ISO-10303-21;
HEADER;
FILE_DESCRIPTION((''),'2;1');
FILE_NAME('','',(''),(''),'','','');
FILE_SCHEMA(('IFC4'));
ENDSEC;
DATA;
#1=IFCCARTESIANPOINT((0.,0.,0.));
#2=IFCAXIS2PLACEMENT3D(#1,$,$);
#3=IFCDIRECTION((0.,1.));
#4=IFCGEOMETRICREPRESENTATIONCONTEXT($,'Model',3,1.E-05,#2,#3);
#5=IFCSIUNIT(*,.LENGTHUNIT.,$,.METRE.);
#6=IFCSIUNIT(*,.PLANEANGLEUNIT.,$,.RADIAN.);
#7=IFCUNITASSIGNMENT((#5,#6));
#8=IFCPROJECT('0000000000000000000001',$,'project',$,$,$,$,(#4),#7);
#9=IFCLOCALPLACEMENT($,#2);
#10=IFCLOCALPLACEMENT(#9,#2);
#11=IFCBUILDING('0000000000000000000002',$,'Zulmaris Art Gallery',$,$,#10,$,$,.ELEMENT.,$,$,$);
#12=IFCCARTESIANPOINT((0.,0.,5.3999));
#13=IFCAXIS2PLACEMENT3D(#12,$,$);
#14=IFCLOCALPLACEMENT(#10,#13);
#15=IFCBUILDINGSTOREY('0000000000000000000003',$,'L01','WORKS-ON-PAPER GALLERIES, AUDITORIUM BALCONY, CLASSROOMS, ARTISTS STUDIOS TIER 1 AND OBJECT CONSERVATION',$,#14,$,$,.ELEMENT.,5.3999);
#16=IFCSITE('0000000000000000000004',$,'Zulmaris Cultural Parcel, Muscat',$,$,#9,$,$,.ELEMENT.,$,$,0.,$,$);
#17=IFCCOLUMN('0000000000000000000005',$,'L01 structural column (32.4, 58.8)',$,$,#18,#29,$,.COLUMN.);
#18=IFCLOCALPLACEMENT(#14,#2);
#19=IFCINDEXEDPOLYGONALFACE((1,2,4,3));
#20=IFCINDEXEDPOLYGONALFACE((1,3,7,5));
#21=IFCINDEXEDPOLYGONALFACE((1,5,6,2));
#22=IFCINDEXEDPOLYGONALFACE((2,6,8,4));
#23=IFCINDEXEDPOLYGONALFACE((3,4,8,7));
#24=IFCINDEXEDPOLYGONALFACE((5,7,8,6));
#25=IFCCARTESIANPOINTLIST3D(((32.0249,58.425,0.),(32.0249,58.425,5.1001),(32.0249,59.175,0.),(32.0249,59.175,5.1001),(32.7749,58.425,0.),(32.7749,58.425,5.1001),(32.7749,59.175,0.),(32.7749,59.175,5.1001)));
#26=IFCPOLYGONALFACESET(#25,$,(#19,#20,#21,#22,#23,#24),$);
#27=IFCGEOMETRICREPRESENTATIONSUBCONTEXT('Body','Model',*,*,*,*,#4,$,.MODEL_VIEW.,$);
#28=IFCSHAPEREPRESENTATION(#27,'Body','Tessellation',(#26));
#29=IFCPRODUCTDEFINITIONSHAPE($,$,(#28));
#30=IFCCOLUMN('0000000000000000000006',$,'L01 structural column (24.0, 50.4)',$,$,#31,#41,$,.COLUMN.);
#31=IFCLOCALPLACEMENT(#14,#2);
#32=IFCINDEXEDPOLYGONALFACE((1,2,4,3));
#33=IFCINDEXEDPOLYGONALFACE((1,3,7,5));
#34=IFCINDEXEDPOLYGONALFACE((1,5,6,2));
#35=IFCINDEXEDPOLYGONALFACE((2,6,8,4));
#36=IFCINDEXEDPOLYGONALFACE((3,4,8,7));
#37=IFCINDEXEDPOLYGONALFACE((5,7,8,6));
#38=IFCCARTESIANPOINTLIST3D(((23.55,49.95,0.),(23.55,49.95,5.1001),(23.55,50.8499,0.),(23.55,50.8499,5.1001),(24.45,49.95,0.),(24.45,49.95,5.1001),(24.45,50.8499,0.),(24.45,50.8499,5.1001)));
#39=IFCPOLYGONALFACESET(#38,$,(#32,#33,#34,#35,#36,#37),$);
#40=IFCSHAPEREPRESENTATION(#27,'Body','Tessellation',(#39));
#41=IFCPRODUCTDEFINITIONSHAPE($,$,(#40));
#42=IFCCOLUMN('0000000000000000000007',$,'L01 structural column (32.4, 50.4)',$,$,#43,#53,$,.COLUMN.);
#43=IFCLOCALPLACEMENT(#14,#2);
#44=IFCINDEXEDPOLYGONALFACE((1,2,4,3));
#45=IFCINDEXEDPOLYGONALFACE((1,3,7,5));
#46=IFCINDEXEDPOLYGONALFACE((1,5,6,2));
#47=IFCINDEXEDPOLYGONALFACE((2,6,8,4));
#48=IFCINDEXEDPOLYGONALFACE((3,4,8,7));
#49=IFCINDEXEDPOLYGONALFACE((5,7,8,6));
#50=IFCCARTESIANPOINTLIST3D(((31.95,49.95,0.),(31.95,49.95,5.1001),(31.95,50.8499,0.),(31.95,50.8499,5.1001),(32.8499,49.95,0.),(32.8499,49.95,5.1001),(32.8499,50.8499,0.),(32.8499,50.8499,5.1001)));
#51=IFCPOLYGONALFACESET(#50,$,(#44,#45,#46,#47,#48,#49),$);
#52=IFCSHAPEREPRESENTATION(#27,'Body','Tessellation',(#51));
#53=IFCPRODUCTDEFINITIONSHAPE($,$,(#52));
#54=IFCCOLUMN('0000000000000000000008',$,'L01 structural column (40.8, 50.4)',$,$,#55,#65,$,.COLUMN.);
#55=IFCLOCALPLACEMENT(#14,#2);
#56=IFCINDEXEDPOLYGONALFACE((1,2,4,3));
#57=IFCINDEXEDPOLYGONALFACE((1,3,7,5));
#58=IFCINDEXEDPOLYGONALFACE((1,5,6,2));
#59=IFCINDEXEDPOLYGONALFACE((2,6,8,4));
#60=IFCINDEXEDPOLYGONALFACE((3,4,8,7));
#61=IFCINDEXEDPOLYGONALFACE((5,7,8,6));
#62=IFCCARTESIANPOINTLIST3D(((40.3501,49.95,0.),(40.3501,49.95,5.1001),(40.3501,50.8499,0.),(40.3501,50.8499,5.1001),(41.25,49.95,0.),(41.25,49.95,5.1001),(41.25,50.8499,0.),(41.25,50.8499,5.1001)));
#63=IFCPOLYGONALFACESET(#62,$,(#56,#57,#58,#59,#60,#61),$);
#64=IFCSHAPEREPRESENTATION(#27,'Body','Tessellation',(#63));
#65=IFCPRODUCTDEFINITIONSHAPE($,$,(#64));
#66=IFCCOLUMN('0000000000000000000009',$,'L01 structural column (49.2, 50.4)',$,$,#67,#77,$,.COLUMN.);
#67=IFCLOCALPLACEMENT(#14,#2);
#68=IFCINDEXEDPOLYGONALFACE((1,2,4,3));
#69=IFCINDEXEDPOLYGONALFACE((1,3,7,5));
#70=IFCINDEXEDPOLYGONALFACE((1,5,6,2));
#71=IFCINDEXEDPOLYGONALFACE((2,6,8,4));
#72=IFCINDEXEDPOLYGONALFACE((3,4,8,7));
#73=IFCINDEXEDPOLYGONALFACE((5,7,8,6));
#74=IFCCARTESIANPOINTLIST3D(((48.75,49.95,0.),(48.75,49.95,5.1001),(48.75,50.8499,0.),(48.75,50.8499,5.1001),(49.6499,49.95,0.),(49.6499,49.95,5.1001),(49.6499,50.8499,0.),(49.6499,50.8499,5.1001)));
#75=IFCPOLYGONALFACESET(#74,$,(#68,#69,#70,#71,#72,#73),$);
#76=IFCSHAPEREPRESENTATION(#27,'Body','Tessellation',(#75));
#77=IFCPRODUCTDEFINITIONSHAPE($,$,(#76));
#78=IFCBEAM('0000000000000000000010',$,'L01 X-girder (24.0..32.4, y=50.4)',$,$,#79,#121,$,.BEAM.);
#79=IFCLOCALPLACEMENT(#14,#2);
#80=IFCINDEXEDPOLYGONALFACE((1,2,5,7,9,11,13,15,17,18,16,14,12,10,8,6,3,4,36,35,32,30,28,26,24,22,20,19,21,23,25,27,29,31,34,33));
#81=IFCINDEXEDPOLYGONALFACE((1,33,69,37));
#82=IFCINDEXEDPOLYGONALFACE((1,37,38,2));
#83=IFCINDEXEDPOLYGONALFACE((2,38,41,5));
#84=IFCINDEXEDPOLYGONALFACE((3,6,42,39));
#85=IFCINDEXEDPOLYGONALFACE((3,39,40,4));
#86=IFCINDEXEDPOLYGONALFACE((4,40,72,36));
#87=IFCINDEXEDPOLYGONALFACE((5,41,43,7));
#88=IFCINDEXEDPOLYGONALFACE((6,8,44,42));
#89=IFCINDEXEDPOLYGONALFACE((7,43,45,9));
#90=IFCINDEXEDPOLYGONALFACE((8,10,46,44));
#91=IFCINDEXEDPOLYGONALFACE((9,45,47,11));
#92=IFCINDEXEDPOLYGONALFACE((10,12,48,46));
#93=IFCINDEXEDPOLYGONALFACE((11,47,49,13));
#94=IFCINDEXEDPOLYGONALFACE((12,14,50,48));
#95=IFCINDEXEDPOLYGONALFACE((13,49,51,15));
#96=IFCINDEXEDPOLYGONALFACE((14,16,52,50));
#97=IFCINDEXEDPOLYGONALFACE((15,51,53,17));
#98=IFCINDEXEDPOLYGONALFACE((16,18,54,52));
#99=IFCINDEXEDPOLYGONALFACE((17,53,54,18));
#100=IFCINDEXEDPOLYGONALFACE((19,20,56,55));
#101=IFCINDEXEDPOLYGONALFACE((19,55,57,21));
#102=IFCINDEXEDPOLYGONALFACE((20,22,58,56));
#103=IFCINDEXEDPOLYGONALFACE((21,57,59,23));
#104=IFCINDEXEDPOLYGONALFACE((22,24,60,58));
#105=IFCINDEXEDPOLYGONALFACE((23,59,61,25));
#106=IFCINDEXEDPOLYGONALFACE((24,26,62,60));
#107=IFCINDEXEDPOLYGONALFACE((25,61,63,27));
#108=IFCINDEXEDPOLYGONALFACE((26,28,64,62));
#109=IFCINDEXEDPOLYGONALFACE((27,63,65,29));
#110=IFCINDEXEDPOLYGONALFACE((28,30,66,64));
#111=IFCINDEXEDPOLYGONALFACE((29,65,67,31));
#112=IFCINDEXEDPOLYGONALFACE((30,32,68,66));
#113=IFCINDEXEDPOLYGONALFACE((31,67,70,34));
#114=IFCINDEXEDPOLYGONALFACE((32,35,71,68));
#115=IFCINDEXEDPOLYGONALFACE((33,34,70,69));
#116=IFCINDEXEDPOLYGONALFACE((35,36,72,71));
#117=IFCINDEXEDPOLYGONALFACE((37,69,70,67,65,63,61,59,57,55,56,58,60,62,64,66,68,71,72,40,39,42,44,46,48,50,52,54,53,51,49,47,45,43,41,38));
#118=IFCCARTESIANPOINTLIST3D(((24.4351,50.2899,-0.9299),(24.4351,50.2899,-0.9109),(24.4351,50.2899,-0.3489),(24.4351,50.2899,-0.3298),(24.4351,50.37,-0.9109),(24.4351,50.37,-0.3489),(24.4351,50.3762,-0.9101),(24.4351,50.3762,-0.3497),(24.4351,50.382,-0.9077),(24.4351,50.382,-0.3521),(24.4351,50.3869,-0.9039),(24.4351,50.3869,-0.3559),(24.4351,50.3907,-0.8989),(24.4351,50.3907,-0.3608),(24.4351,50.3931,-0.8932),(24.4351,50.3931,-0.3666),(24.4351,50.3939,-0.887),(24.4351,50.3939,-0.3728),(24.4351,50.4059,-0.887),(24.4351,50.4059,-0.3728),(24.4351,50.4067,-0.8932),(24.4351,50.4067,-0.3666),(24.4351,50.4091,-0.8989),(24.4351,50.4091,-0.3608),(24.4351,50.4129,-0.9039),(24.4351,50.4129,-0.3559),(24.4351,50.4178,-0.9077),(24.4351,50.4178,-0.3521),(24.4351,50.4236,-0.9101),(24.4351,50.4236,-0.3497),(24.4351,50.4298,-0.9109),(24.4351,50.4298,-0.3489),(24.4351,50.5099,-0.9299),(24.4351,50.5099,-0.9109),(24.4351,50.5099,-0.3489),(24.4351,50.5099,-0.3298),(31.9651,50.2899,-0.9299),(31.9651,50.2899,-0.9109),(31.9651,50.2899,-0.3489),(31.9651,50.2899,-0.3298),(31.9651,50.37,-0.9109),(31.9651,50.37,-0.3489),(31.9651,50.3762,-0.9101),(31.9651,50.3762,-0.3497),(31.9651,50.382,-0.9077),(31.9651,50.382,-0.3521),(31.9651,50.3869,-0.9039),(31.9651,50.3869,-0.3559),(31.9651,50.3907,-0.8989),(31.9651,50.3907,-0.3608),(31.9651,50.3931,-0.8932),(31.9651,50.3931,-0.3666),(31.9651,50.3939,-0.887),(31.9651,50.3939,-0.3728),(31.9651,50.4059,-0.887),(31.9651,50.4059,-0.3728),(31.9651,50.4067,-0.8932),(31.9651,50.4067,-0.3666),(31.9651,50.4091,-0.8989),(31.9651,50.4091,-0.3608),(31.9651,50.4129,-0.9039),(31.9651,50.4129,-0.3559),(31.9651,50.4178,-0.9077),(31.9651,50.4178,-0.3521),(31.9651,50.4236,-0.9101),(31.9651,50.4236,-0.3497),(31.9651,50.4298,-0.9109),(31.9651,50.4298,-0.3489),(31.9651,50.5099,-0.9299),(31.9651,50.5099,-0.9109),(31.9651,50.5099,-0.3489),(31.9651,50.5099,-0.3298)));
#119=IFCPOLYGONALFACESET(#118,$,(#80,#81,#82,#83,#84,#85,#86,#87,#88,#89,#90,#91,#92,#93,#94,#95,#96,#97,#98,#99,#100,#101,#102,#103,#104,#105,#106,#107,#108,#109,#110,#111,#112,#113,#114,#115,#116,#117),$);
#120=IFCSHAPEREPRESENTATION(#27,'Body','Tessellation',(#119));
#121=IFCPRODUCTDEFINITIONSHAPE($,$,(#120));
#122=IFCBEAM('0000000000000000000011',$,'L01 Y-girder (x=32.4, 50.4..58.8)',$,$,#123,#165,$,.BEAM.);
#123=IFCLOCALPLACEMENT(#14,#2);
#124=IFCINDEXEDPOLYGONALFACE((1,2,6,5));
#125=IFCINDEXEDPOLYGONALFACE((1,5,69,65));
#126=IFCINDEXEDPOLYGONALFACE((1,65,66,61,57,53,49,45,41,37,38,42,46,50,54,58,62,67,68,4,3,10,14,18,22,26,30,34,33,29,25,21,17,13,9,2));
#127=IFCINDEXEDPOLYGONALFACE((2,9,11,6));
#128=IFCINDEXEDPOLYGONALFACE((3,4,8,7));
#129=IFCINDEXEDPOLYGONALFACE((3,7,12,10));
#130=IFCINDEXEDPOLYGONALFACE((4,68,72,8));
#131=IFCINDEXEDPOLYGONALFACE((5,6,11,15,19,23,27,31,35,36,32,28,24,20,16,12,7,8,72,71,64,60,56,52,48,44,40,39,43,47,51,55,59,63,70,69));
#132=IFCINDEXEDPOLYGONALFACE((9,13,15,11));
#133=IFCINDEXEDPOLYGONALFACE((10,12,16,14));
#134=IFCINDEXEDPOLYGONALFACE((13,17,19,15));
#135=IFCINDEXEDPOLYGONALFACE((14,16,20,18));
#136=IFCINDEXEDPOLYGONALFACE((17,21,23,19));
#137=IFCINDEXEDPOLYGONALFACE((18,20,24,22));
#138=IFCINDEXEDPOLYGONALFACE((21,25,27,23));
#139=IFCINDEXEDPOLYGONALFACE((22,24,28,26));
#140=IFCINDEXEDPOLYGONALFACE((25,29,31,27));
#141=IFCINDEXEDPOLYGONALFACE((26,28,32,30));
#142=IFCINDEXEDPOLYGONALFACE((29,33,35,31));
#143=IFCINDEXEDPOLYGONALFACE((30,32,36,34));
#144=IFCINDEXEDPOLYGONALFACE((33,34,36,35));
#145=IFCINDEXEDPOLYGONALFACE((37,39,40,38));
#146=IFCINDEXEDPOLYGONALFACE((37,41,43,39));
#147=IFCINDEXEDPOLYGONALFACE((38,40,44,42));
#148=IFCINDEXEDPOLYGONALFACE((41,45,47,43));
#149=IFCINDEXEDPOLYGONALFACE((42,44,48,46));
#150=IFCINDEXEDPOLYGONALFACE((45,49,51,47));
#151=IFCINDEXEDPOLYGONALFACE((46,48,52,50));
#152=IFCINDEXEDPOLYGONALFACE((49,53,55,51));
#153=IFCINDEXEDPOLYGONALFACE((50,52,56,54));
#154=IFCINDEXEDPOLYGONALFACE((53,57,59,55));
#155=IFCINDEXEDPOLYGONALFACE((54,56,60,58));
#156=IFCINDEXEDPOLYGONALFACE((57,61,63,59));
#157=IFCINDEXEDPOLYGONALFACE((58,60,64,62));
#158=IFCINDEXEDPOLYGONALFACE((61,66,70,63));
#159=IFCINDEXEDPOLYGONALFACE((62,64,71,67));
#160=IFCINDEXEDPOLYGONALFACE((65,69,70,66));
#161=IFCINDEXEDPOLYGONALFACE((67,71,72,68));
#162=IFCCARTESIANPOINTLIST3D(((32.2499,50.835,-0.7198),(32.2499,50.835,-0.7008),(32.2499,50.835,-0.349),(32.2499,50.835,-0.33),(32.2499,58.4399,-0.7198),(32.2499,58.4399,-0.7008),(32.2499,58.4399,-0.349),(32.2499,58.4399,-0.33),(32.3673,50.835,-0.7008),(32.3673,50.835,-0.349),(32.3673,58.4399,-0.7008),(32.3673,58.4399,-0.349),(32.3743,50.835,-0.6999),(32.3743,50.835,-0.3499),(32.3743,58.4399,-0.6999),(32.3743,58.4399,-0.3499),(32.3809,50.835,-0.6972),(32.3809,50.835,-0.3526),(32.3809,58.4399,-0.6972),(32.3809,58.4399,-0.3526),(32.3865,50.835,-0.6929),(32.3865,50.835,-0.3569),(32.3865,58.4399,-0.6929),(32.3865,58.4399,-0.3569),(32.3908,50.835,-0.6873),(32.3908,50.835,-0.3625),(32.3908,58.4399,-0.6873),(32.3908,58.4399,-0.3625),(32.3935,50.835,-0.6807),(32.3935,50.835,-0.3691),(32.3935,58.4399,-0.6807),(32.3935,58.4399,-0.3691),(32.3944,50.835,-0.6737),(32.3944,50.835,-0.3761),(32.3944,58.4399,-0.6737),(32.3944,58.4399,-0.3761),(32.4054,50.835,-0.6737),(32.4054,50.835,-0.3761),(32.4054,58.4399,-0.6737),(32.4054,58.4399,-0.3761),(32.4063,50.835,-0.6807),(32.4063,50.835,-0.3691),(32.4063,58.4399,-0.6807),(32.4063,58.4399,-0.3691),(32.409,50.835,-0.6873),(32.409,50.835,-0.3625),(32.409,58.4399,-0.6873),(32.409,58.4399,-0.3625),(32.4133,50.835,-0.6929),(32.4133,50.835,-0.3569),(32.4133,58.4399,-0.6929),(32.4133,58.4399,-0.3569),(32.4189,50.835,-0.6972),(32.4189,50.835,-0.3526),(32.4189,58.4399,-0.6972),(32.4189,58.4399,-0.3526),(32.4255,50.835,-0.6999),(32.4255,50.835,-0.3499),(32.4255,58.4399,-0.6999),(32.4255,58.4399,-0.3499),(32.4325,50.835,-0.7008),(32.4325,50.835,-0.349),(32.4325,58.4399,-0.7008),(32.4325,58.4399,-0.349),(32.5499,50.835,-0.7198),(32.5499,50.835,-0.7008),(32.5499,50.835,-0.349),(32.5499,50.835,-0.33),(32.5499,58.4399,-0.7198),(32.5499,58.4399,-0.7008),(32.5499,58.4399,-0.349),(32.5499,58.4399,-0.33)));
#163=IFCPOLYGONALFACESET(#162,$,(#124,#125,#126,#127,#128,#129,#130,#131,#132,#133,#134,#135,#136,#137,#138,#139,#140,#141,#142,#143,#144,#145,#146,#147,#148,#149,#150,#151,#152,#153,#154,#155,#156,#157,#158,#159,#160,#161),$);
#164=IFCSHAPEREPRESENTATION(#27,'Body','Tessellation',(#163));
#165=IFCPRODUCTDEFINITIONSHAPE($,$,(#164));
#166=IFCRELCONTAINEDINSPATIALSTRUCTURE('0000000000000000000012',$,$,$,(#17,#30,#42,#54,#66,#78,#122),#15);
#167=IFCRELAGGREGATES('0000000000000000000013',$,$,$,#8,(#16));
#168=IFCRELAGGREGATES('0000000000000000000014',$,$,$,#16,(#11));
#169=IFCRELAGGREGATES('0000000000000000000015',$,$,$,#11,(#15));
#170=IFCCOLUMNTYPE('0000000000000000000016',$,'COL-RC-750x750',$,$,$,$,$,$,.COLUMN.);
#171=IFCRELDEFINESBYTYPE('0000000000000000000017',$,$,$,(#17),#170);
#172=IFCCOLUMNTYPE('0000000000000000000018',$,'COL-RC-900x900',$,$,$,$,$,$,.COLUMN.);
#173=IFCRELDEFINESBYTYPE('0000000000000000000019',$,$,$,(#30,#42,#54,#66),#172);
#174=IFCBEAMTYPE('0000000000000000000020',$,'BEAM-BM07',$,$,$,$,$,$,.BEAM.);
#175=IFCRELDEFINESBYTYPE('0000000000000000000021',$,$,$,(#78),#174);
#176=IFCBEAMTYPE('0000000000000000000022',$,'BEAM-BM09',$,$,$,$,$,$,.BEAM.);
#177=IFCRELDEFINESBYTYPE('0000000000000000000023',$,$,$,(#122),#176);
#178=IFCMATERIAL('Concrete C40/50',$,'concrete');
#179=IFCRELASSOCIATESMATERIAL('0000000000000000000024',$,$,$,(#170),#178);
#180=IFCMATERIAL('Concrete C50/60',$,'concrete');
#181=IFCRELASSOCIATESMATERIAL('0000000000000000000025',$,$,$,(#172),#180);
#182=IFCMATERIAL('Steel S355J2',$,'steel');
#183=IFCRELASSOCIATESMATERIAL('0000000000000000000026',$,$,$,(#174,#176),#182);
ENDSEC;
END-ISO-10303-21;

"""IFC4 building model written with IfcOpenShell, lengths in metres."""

from ifc_helpers import new_model, si_unit, direction, frame, origin, origin_2d, place, context, subcontext, project, spatial, rectangle, i_section, extrude, material, material_profile, profile_set, type_object, element, save


model = new_model("IFC4")

# Units and contexts
model_context = context("Model", 3, precision=1e-05, world=origin(), true_north=direction((0.0, 1.0)))
body_context = subcontext(model_context, "Body", "Model", "MODEL_VIEW")
ifc_project = project(units=[si_unit("LENGTHUNIT", "METRE"), si_unit("PLANEANGLEUNIT", "RADIAN")], contexts=[model_context])

# Site, building, storey
site_placement = place(None, origin())
site = spatial("IfcSite", under=ifc_project, at=site_placement, Name="Zulmaris Cultural Parcel, Muscat", CompositionType="ELEMENT", RefElevation=0.0)
building_placement = place(site_placement, origin())
building = spatial("IfcBuilding", under=site, at=building_placement, Name="Zulmaris Art Gallery", CompositionType="ELEMENT")
storey_placement = place(building_placement, frame((0.0, 0.0, 5.3999)))
storey = spatial("IfcBuildingStorey", under=building, at=storey_placement, Name="L01", Description="WORKS-ON-PAPER GALLERIES, AUDITORIUM BALCONY, CLASSROOMS, ARTISTS STUDIOS TIER 1 AND OBJECT CONSERVATION", CompositionType="ELEMENT", Elevation=5.3999)

# Columns
ifc_material_1 = material(Name="Concrete C40/50", Category="concrete")
ifc_material_profile_1 = material_profile(ifc_material_1, rectangle(XDim=0.75, YDim=0.75, at=origin_2d()), Name="RC 750x750")
ifc_profile_set_1 = profile_set([ifc_material_profile_1], Name="Concrete C40/50")
column_type_1 = type_object("IfcColumnType", Name="COL-RC-750x750", PredefinedType="COLUMN", material=ifc_profile_set_1)
column_placement = place(storey_placement, frame((32.3999, 58.8, 0.0), z_axis=(0.0, 0.0, 1.0), x_axis=(1.0, 0.0, 0.0)))
element("IfcColumn", 1, at=column_placement, inside=storey, type_object=column_type_1, Name="L01 structural column (32.4, 58.8)", PredefinedType="COLUMN", context=body_context, shape_type="SweptSolid", body=[
    extrude(rectangle(XDim=0.75, YDim=0.75, at=origin_2d()), origin(), (0.0, 0.0, 1.0), 5.1001),
])
ifc_material_2 = material(Name="Concrete C50/60", Category="concrete")
ifc_material_profile_2 = material_profile(ifc_material_2, rectangle(XDim=0.8999, YDim=0.8999, at=origin_2d()), Name="RC 900x900")
ifc_profile_set_2 = profile_set([ifc_material_profile_2], Name="Concrete C50/60")
column_type_2 = type_object("IfcColumnType", Name="COL-RC-900x900", PredefinedType="COLUMN", material=ifc_profile_set_2)
for number, where, z_axis, x_axis, name in (
    (2, (24.0, 50.3999, 0.0), (0.0, 0.0, 1.0), (1.0, 0.0, 0.0), "L01 structural column (24.0, 50.4)"),
    (3, (32.3999, 50.3999, 0.0), (0.0, 0.0, 1.0), (1.0, 0.0, 0.0), "L01 structural column (32.4, 50.4)"),
    (4, (40.8, 50.3999, 0.0), (0.0, 0.0, 1.0), (1.0, 0.0, 0.0), "L01 structural column (40.8, 50.4)"),
    (5, (49.2, 50.3999, 0.0), (0.0, 0.0, 1.0), (1.0, 0.0, 0.0), "L01 structural column (49.2, 50.4)"),
):
    element("IfcColumn", number, at=place(storey_placement, frame(where, z_axis=z_axis, x_axis=x_axis)), inside=storey, type_object=column_type_2, Name=name, PredefinedType="COLUMN", context=body_context, shape_type="SweptSolid", body=[
        extrude(rectangle(XDim=0.8999, YDim=0.8999, at=origin_2d()), origin(), (0.0, 0.0, 1.0), 5.1001),
    ])

# Beams
ifc_material_3 = material(Name="Steel S355J2", Category="steel")
ifc_material_profile_3 = material_profile(ifc_material_3, i_section(OverallWidth=0.22, OverallDepth=0.6001, WebThickness=0.012, FlangeThickness=0.019, FilletRadius=0.0239, at=origin_2d()), Name="IPE 600")
ifc_profile_set_3 = profile_set([ifc_material_profile_3], Name="Steel S355J2")
beam_type_1 = type_object("IfcBeamType", Name="BEAM-BM07", PredefinedType="BEAM", material=ifc_profile_set_3)
beam_1_placement = place(storey_placement, frame((24.4351, 50.3999, -0.6299), z_axis=(1.0, 0.0, 0.0), x_axis=(0.0, 1.0, 0.0)))
element("IfcBeam", 6, at=beam_1_placement, inside=storey, type_object=beam_type_1, Name="L01 X-girder (24.0..32.4, y=50.4)", PredefinedType="BEAM", context=body_context, shape_type="SweptSolid", body=[
    extrude(i_section(OverallWidth=0.22, OverallDepth=0.6001, WebThickness=0.012, FlangeThickness=0.019, FilletRadius=0.0239, at=origin_2d()), origin(), (0.0, 0.0, 1.0), 7.53),
])
ifc_material_profile_4 = material_profile(ifc_material_3, i_section(OverallWidth=0.3, OverallDepth=0.3899, WebThickness=0.011, FlangeThickness=0.019, FilletRadius=0.0271, at=origin_2d()), Name="HEA 400")
ifc_profile_set_4 = profile_set([ifc_material_profile_4], Name="Steel S355J2")
beam_type_2 = type_object("IfcBeamType", Name="BEAM-BM09", PredefinedType="BEAM", material=ifc_profile_set_4)
beam_2_placement = place(storey_placement, frame((32.3999, 50.835, -0.5249), z_axis=(0.0, 1.0, 0.0), x_axis=(-1.0, 0.0, 0.0)))
element("IfcBeam", 7, at=beam_2_placement, inside=storey, type_object=beam_type_2, Name="L01 Y-girder (x=32.4, 50.4..58.8)", PredefinedType="BEAM", context=body_context, shape_type="SweptSolid", body=[
    extrude(i_section(OverallWidth=0.3, OverallDepth=0.3899, WebThickness=0.011, FlangeThickness=0.019, FilletRadius=0.0271, at=origin_2d()), origin(), (0.0, 0.0, 1.0), 7.605),
])

save(model, "model.ifc")
